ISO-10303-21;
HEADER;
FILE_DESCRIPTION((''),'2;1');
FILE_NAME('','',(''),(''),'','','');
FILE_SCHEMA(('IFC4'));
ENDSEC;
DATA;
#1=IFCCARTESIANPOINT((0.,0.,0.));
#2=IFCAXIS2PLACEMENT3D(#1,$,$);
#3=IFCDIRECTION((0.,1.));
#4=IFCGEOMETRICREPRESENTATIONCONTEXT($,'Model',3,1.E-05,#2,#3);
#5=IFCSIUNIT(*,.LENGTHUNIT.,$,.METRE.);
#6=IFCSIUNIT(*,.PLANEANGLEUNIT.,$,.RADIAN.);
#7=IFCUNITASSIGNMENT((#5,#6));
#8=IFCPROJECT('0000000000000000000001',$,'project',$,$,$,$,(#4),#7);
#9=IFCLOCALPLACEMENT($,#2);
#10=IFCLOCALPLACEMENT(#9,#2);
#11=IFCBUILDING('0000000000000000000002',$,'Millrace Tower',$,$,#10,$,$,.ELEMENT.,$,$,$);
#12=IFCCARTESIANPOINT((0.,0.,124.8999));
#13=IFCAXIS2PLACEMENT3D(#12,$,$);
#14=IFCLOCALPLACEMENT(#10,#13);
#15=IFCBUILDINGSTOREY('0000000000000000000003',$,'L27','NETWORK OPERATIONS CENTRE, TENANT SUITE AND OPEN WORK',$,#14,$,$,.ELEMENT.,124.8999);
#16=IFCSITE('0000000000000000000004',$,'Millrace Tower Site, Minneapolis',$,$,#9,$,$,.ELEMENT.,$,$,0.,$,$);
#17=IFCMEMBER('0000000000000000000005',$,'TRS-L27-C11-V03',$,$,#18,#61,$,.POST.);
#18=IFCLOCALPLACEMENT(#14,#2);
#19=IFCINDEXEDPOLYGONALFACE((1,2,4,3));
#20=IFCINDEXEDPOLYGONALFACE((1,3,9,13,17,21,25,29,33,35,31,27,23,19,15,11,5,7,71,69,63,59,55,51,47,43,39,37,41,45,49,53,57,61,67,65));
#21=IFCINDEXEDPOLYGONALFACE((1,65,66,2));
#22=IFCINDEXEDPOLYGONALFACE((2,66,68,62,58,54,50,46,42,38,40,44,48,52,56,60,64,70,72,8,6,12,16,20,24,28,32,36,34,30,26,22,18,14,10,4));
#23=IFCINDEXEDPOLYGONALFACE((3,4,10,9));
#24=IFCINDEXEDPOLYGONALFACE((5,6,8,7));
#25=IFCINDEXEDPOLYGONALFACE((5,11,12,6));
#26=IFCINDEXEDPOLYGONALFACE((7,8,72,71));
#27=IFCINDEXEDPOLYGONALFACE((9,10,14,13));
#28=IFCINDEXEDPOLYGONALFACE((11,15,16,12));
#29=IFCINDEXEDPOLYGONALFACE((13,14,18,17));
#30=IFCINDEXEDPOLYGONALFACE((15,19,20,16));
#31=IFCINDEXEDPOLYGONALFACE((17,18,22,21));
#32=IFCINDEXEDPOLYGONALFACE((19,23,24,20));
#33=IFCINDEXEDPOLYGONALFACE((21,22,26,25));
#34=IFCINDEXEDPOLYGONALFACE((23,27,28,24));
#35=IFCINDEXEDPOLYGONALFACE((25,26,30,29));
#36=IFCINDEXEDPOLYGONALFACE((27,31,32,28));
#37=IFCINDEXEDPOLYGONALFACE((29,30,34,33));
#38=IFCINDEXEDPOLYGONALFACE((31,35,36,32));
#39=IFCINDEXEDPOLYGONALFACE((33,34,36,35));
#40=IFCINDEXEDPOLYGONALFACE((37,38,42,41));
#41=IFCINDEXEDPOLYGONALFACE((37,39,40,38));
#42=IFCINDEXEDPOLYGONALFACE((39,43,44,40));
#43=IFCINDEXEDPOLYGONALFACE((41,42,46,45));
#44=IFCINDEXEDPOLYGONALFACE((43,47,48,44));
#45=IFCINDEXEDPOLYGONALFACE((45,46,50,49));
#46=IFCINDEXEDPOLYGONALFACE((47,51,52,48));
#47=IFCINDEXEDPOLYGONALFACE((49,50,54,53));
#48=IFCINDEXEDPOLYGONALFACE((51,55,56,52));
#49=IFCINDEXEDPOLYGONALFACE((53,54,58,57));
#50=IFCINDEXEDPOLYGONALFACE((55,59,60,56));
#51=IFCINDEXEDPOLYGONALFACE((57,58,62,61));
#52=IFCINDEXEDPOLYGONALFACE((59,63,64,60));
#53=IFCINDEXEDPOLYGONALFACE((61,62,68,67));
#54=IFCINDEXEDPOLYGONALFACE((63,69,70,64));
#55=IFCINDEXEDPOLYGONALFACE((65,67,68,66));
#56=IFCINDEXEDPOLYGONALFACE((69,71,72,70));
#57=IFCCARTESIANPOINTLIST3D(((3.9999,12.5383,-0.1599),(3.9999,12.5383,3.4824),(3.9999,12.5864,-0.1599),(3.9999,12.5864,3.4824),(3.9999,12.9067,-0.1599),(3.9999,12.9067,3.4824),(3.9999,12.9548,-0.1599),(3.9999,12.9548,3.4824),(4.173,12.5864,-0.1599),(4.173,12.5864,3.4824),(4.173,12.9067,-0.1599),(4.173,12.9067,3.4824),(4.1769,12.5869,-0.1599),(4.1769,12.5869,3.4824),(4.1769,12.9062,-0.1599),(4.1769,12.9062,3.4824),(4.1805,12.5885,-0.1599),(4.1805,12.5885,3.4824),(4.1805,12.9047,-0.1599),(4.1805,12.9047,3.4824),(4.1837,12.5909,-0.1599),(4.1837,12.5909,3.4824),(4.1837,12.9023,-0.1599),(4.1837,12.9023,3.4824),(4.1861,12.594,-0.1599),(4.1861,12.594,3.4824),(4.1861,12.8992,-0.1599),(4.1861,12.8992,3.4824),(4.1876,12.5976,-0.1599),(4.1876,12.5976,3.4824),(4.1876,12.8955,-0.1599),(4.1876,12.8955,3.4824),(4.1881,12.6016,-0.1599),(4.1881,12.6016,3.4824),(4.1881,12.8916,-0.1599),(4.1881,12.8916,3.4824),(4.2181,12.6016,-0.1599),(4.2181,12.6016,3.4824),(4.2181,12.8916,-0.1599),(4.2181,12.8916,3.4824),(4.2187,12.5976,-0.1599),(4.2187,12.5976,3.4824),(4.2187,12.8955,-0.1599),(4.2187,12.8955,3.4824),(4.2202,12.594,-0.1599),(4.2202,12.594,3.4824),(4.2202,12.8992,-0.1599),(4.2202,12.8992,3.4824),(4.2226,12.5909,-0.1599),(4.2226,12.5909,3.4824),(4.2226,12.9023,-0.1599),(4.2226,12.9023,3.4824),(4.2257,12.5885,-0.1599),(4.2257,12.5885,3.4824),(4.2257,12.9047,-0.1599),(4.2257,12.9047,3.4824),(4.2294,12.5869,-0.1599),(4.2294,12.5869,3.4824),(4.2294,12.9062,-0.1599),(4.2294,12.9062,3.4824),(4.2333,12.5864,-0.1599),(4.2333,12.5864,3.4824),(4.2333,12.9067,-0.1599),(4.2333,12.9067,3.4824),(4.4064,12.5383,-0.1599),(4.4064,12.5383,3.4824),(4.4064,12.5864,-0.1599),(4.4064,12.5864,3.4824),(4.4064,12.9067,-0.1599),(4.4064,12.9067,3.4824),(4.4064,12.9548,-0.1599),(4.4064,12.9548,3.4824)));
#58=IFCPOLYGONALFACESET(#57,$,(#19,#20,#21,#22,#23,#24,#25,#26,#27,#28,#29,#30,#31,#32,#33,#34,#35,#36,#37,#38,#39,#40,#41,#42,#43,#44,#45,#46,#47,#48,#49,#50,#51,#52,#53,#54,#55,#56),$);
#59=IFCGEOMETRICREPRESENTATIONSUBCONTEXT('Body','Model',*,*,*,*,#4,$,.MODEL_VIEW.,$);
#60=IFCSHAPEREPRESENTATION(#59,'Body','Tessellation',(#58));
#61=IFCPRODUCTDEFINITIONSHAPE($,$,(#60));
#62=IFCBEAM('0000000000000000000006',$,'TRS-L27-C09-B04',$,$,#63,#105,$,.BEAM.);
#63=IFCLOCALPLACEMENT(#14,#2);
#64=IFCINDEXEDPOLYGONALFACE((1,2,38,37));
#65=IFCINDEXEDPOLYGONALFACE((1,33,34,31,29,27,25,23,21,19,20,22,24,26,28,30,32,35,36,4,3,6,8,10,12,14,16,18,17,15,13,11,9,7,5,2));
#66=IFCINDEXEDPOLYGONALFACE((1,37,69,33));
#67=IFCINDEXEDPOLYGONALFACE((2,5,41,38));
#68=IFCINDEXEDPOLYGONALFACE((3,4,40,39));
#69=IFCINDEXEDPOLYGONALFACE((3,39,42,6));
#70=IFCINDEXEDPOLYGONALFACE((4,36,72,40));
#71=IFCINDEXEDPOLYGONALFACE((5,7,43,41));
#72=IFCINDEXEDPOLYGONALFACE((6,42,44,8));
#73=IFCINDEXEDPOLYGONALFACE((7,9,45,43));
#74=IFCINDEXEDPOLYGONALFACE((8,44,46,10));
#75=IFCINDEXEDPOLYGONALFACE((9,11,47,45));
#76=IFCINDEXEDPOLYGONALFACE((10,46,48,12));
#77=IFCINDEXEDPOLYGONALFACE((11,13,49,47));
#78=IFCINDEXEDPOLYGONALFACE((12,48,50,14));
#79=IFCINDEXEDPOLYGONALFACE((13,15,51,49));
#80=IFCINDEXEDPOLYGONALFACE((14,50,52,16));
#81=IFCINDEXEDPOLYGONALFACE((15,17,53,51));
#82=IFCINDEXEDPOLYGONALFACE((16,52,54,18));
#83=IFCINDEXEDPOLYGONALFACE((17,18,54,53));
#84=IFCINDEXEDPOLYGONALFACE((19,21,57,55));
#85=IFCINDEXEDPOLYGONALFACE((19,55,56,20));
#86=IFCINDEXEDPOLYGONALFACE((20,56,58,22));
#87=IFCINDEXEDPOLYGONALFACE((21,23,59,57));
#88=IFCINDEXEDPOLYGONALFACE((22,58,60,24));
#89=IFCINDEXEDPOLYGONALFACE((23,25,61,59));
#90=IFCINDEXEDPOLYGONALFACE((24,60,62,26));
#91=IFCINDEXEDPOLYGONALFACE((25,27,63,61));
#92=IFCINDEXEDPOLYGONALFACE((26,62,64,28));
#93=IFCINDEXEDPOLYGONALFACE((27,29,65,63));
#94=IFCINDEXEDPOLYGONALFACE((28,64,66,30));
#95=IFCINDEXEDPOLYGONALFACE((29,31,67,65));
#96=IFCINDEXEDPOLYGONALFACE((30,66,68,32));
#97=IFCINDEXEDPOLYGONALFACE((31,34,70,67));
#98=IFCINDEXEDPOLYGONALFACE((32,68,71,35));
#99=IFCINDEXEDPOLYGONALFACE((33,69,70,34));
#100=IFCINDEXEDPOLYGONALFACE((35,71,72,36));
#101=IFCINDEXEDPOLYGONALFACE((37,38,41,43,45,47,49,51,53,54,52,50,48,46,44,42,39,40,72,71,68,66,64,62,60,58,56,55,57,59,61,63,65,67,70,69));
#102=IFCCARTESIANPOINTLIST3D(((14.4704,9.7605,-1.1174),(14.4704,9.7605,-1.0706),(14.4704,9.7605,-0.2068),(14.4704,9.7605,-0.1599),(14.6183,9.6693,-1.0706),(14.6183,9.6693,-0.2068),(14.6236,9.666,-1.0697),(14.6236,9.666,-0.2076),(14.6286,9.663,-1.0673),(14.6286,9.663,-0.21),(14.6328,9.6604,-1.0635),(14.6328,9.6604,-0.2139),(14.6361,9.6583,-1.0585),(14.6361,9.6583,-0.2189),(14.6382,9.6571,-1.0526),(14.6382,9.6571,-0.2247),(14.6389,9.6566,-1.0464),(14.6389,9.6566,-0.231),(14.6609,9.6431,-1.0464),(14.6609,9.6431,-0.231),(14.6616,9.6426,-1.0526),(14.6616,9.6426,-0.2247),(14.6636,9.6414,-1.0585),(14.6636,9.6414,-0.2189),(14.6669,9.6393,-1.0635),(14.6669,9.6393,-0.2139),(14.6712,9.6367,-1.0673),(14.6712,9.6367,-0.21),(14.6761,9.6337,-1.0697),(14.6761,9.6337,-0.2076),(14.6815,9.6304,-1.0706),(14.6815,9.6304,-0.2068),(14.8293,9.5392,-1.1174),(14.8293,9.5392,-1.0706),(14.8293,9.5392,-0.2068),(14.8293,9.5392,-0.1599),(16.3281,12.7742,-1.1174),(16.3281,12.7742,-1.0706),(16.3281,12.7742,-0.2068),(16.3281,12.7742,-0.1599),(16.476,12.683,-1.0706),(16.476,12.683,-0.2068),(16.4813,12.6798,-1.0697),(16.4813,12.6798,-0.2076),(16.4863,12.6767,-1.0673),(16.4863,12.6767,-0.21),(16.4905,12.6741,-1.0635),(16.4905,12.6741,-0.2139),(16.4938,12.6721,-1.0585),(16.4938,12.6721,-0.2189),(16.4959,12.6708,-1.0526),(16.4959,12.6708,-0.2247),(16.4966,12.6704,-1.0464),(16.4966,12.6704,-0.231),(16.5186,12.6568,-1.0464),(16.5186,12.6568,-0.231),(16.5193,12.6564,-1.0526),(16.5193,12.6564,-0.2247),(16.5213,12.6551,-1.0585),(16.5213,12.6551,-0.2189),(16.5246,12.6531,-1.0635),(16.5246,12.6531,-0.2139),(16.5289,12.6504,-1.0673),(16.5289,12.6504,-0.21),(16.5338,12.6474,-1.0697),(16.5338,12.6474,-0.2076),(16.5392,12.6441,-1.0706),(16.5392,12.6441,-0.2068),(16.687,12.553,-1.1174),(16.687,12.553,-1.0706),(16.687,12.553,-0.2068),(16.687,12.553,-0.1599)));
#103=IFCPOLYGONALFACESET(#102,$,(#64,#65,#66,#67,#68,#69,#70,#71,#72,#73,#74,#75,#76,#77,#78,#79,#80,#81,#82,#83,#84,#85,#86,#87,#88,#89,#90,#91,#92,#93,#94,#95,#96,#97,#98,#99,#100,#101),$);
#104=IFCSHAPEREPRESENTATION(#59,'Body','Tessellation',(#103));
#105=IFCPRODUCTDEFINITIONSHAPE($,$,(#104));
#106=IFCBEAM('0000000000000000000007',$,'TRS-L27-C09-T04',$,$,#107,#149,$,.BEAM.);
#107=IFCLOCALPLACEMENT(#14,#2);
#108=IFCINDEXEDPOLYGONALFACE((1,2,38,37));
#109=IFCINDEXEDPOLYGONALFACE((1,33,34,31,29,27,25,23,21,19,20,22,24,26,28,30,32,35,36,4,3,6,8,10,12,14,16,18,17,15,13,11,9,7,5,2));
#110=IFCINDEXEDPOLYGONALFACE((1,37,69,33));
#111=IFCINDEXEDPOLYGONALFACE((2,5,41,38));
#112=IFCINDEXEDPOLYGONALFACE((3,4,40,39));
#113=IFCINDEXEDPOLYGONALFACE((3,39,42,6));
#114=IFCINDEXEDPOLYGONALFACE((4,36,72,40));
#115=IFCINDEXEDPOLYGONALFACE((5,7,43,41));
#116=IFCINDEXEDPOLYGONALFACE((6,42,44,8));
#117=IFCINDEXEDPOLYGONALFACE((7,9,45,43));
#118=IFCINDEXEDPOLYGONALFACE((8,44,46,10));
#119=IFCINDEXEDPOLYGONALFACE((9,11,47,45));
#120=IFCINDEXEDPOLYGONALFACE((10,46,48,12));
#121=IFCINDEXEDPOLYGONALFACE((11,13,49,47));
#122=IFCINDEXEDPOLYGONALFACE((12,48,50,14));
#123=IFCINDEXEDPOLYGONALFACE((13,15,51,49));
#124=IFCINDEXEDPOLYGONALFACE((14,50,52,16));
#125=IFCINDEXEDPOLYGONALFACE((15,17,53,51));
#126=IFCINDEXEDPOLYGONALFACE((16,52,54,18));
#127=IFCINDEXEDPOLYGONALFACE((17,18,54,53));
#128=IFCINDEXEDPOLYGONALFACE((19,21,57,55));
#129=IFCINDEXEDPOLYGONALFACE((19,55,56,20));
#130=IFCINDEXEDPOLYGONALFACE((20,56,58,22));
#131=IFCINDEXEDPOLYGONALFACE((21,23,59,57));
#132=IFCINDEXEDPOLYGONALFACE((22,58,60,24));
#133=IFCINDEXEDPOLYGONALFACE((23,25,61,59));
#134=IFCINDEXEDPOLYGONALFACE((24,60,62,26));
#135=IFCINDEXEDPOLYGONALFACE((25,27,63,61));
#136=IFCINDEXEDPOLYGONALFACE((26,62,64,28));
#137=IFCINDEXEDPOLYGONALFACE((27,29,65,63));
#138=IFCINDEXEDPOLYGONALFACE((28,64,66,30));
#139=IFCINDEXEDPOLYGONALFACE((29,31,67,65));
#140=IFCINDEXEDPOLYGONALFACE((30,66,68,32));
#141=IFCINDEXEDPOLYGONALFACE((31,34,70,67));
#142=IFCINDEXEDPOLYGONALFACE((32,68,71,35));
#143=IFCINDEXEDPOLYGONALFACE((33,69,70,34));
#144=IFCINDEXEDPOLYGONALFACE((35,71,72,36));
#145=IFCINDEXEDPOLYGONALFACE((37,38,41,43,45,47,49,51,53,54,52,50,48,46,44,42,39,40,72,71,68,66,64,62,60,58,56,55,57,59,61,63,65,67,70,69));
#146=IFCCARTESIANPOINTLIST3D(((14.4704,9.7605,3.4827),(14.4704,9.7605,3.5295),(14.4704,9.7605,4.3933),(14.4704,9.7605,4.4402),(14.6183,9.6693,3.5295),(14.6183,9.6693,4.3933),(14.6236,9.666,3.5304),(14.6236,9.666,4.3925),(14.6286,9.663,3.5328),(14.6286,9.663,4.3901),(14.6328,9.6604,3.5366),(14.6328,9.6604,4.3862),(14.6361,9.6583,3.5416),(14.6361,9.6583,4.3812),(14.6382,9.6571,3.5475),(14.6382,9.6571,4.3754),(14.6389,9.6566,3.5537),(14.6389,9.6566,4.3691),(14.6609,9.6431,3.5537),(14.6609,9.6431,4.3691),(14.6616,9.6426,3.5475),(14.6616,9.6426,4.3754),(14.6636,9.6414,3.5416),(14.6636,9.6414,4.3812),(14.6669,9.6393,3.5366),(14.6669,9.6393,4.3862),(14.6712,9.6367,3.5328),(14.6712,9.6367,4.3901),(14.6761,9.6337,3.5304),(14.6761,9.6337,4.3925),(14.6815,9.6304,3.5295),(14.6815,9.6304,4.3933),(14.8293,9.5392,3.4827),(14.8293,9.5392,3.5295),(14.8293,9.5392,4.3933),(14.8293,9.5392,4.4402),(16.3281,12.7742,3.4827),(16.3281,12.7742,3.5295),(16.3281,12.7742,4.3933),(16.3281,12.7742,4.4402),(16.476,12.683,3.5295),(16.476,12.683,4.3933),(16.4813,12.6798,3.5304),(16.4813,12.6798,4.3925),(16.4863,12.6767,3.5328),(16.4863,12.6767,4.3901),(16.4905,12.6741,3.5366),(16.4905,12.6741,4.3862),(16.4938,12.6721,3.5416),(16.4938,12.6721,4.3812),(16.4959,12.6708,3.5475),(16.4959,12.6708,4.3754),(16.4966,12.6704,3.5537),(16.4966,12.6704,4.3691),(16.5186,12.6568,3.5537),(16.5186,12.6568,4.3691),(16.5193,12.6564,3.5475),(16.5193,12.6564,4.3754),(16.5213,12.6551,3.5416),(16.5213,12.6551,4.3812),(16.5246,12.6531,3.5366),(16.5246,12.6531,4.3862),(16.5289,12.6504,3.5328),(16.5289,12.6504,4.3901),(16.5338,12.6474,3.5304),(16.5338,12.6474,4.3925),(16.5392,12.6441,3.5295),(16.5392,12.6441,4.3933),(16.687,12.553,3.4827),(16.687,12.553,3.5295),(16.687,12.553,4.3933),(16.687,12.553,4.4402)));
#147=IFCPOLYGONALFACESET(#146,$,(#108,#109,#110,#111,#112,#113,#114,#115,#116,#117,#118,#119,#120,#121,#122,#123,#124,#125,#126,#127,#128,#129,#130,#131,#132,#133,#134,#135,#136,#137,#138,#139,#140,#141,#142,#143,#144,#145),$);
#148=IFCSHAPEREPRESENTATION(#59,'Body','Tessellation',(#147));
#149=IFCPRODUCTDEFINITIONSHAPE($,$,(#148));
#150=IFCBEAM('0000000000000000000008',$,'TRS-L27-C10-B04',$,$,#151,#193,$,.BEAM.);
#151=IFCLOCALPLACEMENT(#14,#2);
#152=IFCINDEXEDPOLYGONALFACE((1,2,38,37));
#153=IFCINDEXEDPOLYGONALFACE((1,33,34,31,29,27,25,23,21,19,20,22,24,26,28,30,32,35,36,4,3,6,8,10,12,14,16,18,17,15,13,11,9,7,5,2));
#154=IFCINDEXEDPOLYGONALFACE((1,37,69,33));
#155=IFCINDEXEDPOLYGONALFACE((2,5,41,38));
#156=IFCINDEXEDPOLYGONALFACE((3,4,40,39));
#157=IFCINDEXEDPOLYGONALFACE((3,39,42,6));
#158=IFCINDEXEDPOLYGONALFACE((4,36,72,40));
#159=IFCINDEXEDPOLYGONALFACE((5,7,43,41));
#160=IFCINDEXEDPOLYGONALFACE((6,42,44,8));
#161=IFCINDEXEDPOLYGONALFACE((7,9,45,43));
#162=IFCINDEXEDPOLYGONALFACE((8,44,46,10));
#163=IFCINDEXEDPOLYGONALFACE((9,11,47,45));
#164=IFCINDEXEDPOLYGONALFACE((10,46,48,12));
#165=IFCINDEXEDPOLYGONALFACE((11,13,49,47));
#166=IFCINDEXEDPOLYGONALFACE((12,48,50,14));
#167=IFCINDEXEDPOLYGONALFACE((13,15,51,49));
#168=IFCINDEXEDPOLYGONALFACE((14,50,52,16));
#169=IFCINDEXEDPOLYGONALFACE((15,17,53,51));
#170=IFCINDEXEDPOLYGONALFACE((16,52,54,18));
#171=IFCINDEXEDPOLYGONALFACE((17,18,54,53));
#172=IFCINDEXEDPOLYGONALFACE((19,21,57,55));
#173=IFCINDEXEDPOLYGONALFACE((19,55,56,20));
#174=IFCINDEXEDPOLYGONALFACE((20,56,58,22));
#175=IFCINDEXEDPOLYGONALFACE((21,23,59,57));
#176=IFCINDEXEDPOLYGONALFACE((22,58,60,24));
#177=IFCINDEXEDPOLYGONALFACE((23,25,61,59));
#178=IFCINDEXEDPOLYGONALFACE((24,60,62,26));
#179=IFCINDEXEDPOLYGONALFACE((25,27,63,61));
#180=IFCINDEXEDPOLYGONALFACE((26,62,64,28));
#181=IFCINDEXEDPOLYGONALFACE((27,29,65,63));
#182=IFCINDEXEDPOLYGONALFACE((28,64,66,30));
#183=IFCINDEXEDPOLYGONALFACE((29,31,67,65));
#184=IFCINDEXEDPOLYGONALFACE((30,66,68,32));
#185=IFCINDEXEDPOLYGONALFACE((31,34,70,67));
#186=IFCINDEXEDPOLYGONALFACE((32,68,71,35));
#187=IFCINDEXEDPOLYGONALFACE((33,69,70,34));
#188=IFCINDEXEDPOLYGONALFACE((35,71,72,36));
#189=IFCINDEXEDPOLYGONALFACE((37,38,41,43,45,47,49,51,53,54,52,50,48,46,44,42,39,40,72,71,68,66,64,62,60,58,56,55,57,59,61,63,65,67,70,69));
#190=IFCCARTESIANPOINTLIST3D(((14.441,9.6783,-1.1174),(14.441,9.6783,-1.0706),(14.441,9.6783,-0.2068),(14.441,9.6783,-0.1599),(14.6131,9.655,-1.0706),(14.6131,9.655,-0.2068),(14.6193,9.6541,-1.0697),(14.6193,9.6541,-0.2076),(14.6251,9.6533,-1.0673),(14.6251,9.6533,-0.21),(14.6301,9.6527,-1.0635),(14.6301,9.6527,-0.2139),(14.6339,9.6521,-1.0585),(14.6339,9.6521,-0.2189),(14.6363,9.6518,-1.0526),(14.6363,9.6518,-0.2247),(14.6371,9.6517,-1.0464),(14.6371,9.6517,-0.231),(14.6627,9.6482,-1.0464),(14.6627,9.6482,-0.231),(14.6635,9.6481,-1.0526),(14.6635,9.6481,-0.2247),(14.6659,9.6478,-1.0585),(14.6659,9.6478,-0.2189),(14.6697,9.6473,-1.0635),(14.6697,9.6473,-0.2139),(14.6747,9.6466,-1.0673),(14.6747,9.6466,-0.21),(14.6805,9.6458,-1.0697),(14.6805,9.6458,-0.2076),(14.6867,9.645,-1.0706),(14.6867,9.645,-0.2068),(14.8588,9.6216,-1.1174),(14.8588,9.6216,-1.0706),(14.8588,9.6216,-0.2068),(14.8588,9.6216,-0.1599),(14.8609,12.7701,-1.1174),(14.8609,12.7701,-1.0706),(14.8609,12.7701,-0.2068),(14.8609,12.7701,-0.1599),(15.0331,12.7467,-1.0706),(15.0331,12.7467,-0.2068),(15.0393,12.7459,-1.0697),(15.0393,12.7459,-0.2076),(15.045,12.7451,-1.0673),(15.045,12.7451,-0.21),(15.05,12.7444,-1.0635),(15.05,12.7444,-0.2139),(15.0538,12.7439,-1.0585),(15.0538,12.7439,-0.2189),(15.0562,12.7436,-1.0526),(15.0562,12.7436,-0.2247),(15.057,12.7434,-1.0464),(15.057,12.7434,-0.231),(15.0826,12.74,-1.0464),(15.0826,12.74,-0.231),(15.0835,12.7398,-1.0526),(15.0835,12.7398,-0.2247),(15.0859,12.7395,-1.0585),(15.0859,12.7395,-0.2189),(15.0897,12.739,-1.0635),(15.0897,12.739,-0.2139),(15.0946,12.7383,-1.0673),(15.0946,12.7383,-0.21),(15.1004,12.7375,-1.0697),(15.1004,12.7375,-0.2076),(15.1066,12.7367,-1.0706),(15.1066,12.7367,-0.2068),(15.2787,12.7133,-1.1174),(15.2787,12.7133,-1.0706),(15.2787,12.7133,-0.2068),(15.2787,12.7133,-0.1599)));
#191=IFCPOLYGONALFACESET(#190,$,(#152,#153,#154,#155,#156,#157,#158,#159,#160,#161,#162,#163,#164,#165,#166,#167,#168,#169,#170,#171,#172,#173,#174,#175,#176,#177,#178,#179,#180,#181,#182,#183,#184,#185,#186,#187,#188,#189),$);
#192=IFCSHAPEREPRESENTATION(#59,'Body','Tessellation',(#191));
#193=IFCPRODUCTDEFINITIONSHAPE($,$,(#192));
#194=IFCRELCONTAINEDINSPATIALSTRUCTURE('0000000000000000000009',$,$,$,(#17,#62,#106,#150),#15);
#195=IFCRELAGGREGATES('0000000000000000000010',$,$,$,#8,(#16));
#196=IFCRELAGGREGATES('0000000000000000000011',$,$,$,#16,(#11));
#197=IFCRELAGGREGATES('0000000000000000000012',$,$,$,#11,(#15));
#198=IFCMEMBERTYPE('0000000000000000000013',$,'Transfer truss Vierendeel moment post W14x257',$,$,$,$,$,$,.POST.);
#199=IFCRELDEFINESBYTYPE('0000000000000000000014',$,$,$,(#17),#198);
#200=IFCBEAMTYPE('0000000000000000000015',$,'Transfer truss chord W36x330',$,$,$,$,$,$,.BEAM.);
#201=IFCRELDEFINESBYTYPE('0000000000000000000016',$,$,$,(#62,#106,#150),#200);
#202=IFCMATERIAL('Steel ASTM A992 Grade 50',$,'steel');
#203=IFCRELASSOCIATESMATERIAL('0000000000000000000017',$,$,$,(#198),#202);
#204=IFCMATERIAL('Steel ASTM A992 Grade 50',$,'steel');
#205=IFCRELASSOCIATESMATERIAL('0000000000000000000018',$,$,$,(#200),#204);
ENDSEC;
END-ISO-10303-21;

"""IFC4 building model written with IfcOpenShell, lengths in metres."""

from ifc_helpers import new_model, si_unit, direction, frame, origin, origin_2d, place, context, subcontext, project, spatial, i_section, extrude, material, material_profile, profile_set, type_object, element, save


model = new_model("IFC4")

# Units and contexts
model_context = context("Model", 3, precision=1e-05, world=origin(), true_north=direction((0.0, 1.0)))
body_context = subcontext(model_context, "Body", "Model", "MODEL_VIEW")
ifc_project = project(units=[si_unit("LENGTHUNIT", "METRE"), si_unit("PLANEANGLEUNIT", "RADIAN")], contexts=[model_context])

# Site, building, storey
site_placement = place(None, origin())
site = spatial("IfcSite", under=ifc_project, at=site_placement, Name="Millrace Tower Site, Minneapolis", CompositionType="ELEMENT", RefElevation=0.0)
building_placement = place(site_placement, origin())
building = spatial("IfcBuilding", under=site, at=building_placement, Name="Millrace Tower", CompositionType="ELEMENT")
storey_placement = place(building_placement, frame((0.0, 0.0, 124.8999)))
storey = spatial("IfcBuildingStorey", under=building, at=storey_placement, Name="L27", Description="NETWORK OPERATIONS CENTRE, TENANT SUITE AND OPEN WORK", CompositionType="ELEMENT", Elevation=124.8999)

# Member
ifc_material_1 = material(Name="Steel ASTM A992 Grade 50", Category="steel")
ifc_material_profile_1 = material_profile(ifc_material_1, i_section(OverallWidth=0.4065, OverallDepth=0.4165, WebThickness=0.03, FlangeThickness=0.0481, FilletRadius=0.0151, at=origin_2d()))
ifc_profile_set_1 = profile_set([ifc_material_profile_1], Name="Steel ASTM A992 Grade 50")
member_type = type_object("IfcMemberType", Name="Transfer truss Vierendeel moment post W14x257", PredefinedType="POST", material=ifc_profile_set_1)
for number, where, z_axis, x_axis, name in (
    (1, (4.2031, 12.7466, -0.1599), (0.0, 0.0, 1.0), (1.0, 0.0, 0.0), "TRS-L27-C11-V03"),
):
    element("IfcMember", number, at=place(storey_placement, frame(where, z_axis=z_axis, x_axis=x_axis)), inside=storey, type_object=member_type, Name=name, PredefinedType="POST", context=body_context, shape_type="SweptSolid", body=[
        extrude(i_section(OverallWidth=0.4065, OverallDepth=0.4165, WebThickness=0.03, FlangeThickness=0.0481, FilletRadius=0.0151, at=origin_2d()), origin(), (0.0, 0.0, 1.0), 3.6423),
    ])

# Beams
ifc_material_2 = material(Name="Steel ASTM A992 Grade 50", Category="steel")
ifc_material_profile_2 = material_profile(ifc_material_2, i_section(OverallWidth=0.4216, OverallDepth=0.9575, WebThickness=0.0259, FlangeThickness=0.0469, FilletRadius=0.0242, at=origin_2d()))
ifc_profile_set_2 = profile_set([ifc_material_profile_2], Name="Steel ASTM A992 Grade 50")
beam_type_1 = type_object("IfcBeamType", Name="Transfer truss chord W36x330", PredefinedType="BEAM", material=ifc_profile_set_2)
for number, where, z_axis, x_axis, name in (
    (2, (16.5076, 12.6636, -0.6387), (-0.524732, -0.851267, 0.0), (0.851267, -0.524732, 0.0), "TRS-L27-C09-B04"),
    (3, (16.5076, 12.6636, 3.9614), (-0.524732, -0.851267, 0.0), (0.851267, -0.524732, 0.0), "TRS-L27-C09-T04"),
):
    element("IfcBeam", number, at=place(storey_placement, frame(where, z_axis=z_axis, x_axis=x_axis)), inside=storey, type_object=beam_type_1, Name=name, PredefinedType="BEAM", context=body_context, shape_type="SweptSolid", body=[
        extrude(i_section(OverallWidth=0.4216, OverallDepth=0.9575, WebThickness=0.0259, FlangeThickness=0.0469, FilletRadius=0.0242, at=origin_2d()), origin(), (0.0, 0.0, 1.0), 3.5403),
    ])
for number, where, z_axis, x_axis, name in (
    (4, (15.0698, 12.7417, -0.6387), (-0.134582, -0.990902, 0.0), (0.990902, -0.134582, 0.0), "TRS-L27-C10-B04"),
):
    element("IfcBeam", number, at=place(storey_placement, frame(where, z_axis=z_axis, x_axis=x_axis)), inside=storey, type_object=beam_type_1, Name=name, PredefinedType="BEAM", context=body_context, shape_type="SweptSolid", body=[
        extrude(i_section(OverallWidth=0.4216, OverallDepth=0.9575, WebThickness=0.0259, FlangeThickness=0.0469, FilletRadius=0.0242, at=origin_2d()), origin(), (0.0, 0.0, 1.0), 3.1201),
    ])

save(model, "model.ifc")
